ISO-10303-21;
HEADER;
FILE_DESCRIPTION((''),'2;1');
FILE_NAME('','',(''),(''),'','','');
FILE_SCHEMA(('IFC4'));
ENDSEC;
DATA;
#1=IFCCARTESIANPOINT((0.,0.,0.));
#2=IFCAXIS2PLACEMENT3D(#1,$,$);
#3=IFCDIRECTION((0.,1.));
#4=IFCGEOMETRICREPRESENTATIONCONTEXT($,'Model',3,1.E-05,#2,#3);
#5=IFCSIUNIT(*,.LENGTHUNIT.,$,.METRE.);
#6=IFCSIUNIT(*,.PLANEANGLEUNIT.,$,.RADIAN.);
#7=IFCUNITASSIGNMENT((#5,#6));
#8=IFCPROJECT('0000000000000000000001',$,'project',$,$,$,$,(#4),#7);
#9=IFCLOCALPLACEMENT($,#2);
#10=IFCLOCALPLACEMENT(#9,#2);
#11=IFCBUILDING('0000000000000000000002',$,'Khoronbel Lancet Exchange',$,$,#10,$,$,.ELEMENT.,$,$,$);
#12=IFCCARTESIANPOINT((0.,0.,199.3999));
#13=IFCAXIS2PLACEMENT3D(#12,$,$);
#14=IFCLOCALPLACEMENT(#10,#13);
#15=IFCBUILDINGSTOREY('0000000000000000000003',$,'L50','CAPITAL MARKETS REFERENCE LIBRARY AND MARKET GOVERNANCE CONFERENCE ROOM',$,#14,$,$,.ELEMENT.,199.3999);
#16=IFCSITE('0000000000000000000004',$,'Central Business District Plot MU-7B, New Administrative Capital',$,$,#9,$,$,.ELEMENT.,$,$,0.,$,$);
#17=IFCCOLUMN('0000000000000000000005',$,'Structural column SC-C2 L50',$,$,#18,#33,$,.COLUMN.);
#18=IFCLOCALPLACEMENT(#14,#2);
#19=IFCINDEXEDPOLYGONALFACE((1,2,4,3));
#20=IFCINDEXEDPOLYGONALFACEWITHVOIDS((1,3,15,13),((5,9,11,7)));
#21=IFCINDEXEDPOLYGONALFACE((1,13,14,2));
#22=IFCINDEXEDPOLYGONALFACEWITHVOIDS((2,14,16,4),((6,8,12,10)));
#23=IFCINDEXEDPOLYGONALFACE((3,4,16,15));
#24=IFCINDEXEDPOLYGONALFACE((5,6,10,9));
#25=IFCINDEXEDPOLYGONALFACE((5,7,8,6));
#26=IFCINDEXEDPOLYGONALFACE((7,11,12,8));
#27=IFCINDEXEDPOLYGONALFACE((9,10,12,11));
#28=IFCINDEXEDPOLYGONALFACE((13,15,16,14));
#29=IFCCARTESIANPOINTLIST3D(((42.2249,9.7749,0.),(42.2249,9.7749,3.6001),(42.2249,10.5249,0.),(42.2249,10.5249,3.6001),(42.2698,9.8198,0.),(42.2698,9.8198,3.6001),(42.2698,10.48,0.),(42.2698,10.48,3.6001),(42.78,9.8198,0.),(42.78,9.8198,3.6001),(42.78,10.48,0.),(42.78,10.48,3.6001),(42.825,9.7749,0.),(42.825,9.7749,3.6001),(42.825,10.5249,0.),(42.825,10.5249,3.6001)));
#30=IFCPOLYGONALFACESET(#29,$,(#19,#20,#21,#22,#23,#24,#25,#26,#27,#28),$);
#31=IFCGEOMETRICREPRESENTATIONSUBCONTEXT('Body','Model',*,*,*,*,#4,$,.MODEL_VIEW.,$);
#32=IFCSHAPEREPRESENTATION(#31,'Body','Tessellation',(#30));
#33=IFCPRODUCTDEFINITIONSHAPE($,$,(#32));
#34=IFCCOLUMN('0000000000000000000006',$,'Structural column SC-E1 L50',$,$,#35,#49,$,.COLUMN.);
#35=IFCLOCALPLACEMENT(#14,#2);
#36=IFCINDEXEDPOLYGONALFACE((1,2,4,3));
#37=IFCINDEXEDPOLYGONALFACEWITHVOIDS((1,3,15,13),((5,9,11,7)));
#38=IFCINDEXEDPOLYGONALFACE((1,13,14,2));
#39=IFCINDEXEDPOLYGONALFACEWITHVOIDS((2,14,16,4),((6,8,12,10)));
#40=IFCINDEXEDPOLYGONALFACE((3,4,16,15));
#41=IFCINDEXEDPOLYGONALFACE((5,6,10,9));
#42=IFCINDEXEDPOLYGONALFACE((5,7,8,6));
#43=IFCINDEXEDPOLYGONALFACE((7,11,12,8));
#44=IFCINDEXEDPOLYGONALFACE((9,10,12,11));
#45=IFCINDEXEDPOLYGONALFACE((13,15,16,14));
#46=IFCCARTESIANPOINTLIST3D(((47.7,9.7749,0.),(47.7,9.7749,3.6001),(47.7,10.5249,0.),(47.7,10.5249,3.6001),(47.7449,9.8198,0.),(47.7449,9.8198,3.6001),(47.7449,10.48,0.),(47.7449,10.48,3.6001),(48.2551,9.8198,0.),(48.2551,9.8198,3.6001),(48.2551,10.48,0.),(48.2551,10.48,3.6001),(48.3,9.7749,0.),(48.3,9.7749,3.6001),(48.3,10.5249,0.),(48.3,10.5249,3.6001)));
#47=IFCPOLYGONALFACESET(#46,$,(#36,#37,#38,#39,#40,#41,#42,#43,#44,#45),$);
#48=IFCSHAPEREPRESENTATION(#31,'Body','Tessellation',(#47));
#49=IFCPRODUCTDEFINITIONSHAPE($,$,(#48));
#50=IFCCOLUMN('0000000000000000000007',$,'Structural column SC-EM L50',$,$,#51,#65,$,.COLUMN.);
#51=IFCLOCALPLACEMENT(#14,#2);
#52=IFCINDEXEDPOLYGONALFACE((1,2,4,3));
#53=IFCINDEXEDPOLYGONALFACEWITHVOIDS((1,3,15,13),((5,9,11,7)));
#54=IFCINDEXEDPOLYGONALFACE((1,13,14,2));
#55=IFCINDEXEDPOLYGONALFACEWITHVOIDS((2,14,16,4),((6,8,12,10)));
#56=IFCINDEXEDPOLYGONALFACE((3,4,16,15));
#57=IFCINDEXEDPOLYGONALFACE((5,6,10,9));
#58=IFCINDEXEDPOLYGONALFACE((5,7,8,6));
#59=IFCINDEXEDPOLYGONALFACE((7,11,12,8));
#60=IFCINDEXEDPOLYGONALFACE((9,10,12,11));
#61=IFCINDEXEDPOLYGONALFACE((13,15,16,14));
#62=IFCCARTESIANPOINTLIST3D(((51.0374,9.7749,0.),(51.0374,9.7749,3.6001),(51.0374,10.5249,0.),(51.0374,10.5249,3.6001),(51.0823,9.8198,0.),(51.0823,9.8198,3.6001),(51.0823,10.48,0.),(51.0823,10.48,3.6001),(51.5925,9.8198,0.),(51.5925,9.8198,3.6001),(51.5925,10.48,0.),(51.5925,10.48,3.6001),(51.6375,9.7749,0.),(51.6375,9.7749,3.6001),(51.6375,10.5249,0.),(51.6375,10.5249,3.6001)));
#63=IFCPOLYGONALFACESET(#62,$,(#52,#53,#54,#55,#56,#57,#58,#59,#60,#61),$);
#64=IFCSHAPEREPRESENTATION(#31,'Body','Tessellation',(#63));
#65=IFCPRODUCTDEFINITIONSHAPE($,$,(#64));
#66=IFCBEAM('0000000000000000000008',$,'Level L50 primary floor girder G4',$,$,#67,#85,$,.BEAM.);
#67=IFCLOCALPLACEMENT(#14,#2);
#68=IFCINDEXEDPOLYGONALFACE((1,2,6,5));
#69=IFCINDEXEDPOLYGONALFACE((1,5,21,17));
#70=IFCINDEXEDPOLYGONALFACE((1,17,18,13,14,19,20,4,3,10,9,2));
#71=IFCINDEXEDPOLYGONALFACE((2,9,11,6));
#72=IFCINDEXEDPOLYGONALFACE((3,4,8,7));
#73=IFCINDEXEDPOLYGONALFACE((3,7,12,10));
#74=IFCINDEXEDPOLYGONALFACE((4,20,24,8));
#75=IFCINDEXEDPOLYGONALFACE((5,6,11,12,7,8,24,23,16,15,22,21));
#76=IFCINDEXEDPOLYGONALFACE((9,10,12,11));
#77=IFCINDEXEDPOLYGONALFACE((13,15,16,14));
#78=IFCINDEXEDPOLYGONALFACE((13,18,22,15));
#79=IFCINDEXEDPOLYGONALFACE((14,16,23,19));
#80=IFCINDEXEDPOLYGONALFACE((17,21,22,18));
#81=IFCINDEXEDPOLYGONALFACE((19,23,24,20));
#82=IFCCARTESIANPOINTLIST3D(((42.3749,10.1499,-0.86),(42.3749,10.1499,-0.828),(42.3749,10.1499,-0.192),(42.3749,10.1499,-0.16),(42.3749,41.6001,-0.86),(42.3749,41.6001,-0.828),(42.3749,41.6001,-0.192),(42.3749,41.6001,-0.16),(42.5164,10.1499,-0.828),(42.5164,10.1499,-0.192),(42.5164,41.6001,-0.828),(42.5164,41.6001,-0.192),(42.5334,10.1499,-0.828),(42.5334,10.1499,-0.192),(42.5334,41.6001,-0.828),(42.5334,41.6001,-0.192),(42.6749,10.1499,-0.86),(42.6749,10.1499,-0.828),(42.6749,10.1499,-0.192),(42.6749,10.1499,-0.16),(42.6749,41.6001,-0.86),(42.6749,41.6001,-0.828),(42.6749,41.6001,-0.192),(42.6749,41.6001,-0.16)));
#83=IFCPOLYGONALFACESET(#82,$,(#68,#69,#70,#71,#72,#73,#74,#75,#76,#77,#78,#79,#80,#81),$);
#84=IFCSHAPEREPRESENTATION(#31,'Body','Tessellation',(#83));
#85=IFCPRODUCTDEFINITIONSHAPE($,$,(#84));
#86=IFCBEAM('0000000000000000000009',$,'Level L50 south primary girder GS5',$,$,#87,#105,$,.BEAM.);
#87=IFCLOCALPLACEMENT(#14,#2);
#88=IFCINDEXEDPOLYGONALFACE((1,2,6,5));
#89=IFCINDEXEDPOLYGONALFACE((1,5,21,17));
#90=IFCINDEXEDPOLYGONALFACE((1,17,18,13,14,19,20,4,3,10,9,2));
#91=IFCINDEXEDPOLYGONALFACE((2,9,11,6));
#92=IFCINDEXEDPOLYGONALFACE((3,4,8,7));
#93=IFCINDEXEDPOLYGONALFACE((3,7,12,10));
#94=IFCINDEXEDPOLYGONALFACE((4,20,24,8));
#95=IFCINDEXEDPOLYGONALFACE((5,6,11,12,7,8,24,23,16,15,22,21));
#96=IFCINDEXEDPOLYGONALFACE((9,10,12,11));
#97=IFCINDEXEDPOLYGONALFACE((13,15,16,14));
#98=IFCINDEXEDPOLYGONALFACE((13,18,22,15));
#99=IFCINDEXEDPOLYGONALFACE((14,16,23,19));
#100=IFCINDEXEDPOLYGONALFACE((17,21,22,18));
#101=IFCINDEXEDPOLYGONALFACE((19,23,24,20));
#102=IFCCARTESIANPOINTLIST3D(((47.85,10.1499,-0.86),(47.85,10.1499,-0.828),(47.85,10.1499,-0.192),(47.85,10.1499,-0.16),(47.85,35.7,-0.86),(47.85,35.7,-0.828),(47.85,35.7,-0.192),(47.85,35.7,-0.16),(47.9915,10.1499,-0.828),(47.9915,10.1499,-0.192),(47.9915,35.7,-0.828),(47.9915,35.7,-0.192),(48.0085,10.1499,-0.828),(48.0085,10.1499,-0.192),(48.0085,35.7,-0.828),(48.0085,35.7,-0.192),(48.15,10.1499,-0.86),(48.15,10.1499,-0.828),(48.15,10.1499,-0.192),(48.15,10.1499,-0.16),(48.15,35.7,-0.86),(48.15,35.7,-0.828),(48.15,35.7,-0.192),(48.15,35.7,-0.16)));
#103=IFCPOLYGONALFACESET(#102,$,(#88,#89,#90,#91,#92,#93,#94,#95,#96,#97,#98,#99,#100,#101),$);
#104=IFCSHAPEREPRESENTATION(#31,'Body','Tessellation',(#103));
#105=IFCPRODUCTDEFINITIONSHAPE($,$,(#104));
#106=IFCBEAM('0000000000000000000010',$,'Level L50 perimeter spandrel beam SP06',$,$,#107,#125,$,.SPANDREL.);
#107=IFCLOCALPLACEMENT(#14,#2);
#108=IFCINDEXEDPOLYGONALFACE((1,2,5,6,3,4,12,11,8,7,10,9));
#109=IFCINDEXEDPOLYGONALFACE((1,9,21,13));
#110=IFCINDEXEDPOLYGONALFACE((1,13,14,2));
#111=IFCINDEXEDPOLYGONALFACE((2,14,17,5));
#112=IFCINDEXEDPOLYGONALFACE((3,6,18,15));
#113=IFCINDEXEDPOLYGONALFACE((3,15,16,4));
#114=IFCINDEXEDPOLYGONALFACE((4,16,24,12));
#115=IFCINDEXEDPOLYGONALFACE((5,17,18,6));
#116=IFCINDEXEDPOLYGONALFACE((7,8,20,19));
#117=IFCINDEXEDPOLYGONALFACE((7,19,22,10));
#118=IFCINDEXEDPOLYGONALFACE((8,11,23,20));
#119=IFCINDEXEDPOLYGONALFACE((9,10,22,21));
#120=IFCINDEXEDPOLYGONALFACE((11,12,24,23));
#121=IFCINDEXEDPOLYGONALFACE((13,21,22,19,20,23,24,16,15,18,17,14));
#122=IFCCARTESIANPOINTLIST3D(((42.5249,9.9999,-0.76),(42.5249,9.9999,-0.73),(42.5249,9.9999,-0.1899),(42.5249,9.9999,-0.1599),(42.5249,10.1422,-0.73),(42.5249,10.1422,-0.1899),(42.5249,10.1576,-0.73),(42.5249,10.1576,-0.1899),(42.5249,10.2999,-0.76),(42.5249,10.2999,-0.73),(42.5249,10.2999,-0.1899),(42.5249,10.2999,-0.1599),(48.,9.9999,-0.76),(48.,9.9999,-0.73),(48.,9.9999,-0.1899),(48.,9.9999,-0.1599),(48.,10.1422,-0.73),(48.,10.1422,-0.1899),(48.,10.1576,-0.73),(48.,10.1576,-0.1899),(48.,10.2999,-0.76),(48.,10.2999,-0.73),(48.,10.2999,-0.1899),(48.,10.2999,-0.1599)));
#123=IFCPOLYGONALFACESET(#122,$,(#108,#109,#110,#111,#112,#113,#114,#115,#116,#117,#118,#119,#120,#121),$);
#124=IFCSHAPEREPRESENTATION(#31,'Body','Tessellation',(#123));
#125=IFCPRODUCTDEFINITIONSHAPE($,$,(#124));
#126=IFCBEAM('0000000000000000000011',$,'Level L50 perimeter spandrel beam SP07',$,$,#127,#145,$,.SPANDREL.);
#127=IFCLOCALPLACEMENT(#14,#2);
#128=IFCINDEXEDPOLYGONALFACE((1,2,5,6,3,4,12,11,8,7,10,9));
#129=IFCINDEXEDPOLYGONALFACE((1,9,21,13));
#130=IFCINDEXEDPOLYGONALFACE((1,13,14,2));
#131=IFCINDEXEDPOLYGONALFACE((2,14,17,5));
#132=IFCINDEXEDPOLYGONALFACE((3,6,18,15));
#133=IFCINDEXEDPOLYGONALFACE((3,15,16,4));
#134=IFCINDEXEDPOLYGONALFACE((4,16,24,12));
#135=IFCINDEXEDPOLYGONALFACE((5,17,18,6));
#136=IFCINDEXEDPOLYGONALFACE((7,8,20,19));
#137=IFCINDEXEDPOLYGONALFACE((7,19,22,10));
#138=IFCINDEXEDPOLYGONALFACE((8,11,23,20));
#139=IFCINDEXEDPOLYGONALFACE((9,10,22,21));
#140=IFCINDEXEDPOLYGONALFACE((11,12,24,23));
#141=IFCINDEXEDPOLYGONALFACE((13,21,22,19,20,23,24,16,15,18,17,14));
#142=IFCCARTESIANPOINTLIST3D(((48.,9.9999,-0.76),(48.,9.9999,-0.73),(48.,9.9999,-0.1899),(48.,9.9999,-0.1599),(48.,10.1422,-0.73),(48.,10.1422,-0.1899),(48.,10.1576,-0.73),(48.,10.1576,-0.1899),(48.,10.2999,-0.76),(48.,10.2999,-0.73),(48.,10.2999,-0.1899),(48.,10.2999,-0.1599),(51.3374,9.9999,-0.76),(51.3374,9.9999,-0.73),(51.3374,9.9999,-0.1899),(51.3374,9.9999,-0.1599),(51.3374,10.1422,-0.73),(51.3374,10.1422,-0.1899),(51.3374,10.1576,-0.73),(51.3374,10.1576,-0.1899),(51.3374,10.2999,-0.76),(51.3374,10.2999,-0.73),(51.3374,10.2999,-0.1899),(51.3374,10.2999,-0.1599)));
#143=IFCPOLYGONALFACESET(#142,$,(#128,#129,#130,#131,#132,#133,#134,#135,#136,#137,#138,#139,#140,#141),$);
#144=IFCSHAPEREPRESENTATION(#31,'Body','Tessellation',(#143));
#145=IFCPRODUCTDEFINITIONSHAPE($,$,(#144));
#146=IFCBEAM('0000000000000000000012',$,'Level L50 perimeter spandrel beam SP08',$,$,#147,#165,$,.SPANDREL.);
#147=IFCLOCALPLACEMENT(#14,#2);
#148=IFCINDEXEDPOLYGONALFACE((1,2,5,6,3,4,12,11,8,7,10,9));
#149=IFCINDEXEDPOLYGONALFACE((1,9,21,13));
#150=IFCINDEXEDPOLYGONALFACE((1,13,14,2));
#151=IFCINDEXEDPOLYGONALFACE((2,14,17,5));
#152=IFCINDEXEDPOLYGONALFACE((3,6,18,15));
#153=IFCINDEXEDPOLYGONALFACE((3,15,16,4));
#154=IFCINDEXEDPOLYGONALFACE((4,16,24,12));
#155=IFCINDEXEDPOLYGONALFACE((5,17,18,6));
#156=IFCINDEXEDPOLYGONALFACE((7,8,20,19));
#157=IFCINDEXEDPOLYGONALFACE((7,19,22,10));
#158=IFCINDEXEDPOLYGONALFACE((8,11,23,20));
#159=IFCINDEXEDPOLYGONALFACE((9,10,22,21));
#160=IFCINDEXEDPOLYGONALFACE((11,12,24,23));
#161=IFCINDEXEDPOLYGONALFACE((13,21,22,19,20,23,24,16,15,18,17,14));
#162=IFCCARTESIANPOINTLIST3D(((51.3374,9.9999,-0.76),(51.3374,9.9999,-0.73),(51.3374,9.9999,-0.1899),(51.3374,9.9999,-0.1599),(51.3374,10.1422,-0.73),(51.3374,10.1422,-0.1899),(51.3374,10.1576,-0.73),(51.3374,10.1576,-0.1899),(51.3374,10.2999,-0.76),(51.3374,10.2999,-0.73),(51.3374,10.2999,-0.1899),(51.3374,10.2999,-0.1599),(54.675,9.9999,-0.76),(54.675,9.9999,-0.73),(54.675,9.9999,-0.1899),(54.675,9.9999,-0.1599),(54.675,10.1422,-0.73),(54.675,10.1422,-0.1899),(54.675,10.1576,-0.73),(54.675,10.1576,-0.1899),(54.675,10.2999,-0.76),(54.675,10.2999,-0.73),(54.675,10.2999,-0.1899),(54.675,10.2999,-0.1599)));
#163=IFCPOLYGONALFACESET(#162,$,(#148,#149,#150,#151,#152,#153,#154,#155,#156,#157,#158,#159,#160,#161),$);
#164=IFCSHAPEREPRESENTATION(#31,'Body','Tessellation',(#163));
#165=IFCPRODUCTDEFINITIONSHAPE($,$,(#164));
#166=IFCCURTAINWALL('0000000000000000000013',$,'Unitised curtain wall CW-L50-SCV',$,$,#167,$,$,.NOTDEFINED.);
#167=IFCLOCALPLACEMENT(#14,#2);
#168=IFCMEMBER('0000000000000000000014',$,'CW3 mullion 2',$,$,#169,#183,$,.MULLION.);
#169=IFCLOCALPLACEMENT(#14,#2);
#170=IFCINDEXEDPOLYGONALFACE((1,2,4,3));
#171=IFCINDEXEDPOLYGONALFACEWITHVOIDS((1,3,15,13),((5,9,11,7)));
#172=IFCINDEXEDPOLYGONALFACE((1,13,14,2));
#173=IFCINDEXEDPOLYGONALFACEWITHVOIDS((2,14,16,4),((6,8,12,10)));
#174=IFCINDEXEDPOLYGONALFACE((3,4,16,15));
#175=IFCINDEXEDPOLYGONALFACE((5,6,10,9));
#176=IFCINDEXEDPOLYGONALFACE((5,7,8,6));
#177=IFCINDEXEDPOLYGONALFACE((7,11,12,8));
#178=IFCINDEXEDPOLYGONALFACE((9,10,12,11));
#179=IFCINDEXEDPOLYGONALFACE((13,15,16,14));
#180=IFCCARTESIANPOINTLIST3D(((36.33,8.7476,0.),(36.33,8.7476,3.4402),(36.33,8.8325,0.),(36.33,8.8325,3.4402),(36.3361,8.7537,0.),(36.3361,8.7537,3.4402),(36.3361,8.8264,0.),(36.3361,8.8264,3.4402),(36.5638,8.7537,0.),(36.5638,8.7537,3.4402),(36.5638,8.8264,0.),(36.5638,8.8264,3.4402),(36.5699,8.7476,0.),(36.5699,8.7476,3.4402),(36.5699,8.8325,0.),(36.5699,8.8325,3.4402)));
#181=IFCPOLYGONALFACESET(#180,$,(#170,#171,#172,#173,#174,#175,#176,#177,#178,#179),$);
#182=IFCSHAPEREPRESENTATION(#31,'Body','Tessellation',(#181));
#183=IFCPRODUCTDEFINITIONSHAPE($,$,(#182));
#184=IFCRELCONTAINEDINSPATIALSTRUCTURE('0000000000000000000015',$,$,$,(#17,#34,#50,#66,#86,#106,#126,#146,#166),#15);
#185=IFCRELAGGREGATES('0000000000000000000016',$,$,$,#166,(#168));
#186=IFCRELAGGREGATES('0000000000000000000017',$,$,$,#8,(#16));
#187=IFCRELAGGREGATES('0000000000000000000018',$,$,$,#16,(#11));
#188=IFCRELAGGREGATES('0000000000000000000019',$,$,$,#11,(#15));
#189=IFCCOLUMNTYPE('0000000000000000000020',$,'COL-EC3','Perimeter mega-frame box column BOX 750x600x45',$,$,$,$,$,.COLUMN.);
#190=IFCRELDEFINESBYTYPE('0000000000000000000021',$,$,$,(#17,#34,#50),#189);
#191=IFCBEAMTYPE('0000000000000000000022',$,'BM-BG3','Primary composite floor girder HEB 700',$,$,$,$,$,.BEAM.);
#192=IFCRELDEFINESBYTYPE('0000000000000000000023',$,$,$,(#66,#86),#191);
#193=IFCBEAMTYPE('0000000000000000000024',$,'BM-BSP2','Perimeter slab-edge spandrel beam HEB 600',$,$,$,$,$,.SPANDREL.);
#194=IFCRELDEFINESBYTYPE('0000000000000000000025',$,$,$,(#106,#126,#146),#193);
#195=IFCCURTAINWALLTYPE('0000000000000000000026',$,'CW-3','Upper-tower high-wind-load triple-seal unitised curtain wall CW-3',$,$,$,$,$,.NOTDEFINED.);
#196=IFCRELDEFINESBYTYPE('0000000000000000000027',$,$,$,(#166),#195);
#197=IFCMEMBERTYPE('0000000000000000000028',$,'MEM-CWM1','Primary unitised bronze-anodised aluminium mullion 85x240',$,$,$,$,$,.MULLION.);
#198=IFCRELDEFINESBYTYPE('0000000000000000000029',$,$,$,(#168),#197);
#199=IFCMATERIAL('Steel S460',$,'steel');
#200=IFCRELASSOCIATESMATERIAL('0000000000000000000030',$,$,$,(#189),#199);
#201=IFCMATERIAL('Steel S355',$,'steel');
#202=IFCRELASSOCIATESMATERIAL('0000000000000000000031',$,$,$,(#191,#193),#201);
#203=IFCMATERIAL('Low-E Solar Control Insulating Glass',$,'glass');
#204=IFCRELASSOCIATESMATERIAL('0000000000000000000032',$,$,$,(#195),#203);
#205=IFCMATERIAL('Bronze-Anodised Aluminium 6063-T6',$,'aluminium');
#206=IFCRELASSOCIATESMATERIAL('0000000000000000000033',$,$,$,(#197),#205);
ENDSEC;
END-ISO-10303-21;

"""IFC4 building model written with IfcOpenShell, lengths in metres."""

from ifc_helpers import new_model, si_unit, direction, frame, origin, origin_2d, place, context, subcontext, project, spatial, hollow_rectangle, i_section, extrude, material, material_profile, profile_set, type_object, element, aggregate, save


model = new_model("IFC4")

# Units and contexts
model_context = context("Model", 3, precision=1e-05, world=origin(), true_north=direction((0.0, 1.0)))
body_context = subcontext(model_context, "Body", "Model", "MODEL_VIEW")
ifc_project = project(units=[si_unit("LENGTHUNIT", "METRE"), si_unit("PLANEANGLEUNIT", "RADIAN")], contexts=[model_context])

# Site, building, storey
site_placement = place(None, origin())
site = spatial("IfcSite", under=ifc_project, at=site_placement, Name="Central Business District Plot MU-7B, New Administrative Capital", CompositionType="ELEMENT", RefElevation=0.0)
building_placement = place(site_placement, origin())
building = spatial("IfcBuilding", under=site, at=building_placement, Name="Khoronbel Lancet Exchange", CompositionType="ELEMENT")
storey_placement = place(building_placement, frame((0.0, 0.0, 199.3999)))
storey = spatial("IfcBuildingStorey", under=building, at=storey_placement, Name="L50", Description="CAPITAL MARKETS REFERENCE LIBRARY AND MARKET GOVERNANCE CONFERENCE ROOM", CompositionType="ELEMENT", Elevation=199.3999)

# Columns
ifc_material_1 = material(Name="Steel S460", Category="steel")
ifc_material_profile_1 = material_profile(ifc_material_1, hollow_rectangle(XDim=0.6001, YDim=0.75, WallThickness=0.0449, at=origin_2d()), Name="BOX 750x600x45")
ifc_profile_set_1 = profile_set([ifc_material_profile_1], Name="Steel S460")
column_type = type_object("IfcColumnType", Name="COL-EC3", Description="Perimeter mega-frame box column BOX 750x600x45", PredefinedType="COLUMN", material=ifc_profile_set_1)
for number, where, z_axis, x_axis, name in (
    (1, (42.5249, 10.1499, 0.0), (0.0, 0.0, 1.0), (1.0, 0.0, 0.0), "Structural column SC-C2 L50"),
    (2, (48.0, 10.1499, 0.0), (0.0, 0.0, 1.0), (1.0, 0.0, 0.0), "Structural column SC-E1 L50"),
    (3, (51.3374, 10.1499, 0.0), (0.0, 0.0, 1.0), (1.0, 0.0, 0.0), "Structural column SC-EM L50"),
):
    element("IfcColumn", number, at=place(storey_placement, frame(where, z_axis=z_axis, x_axis=x_axis)), inside=storey, type_object=column_type, Name=name, PredefinedType="COLUMN", context=body_context, shape_type="SweptSolid", body=[
        extrude(hollow_rectangle(XDim=0.6001, YDim=0.75, WallThickness=0.0449, at=origin_2d()), origin(), (0.0, 0.0, 1.0), 3.6001),
    ])

# Beams
ifc_material_2 = material(Name="Steel S355", Category="steel")
ifc_material_profile_2 = material_profile(ifc_material_2, i_section(OverallWidth=0.3, OverallDepth=0.7, WebThickness=0.0171, FlangeThickness=0.032, at=origin_2d()), Name="HEB 700")
ifc_profile_set_2 = profile_set([ifc_material_profile_2], Name="Steel S355")
beam_type_1 = type_object("IfcBeamType", Name="BM-BG3", Description="Primary composite floor girder HEB 700", PredefinedType="BEAM", material=ifc_profile_set_2)
beam_1_placement = place(storey_placement, frame((42.5249, 10.1499, -0.51), z_axis=(0.0, 1.0, 0.0), x_axis=(-1.0, 0.0, 0.0)))
element("IfcBeam", 4, at=beam_1_placement, inside=storey, type_object=beam_type_1, Name="Level L50 primary floor girder G4", PredefinedType="BEAM", context=body_context, shape_type="SweptSolid", body=[
    extrude(i_section(OverallWidth=0.3, OverallDepth=0.7, WebThickness=0.0171, FlangeThickness=0.032, at=origin_2d()), origin(), (0.0, 0.0, 1.0), 31.4502),
])
beam_2_placement = place(storey_placement, frame((48.0, 10.1499, -0.51), z_axis=(0.0, 1.0, 0.0), x_axis=(-1.0, 0.0, 0.0)))
element("IfcBeam", 5, at=beam_2_placement, inside=storey, type_object=beam_type_1, Name="Level L50 south primary girder GS5", PredefinedType="BEAM", context=body_context, shape_type="SweptSolid", body=[
    extrude(i_section(OverallWidth=0.3, OverallDepth=0.7, WebThickness=0.0171, FlangeThickness=0.032, at=origin_2d()), origin(), (0.0, 0.0, 1.0), 25.55),
])
ifc_material_profile_3 = material_profile(ifc_material_2, i_section(OverallWidth=0.3, OverallDepth=0.6001, WebThickness=0.0154, FlangeThickness=0.03, at=origin_2d()), Name="HEB 600")
ifc_profile_set_3 = profile_set([ifc_material_profile_3], Name="Steel S355")
beam_type_2 = type_object("IfcBeamType", Name="BM-BSP2", Description="Perimeter slab-edge spandrel beam HEB 600", PredefinedType="SPANDREL", material=ifc_profile_set_3)
beam_3_placement = place(storey_placement, frame((42.5249, 10.1499, -0.46), z_axis=(1.0, 0.0, 0.0), x_axis=(0.0, 1.0, 0.0)))
element("IfcBeam", 6, at=beam_3_placement, inside=storey, type_object=beam_type_2, Name="Level L50 perimeter spandrel beam SP06", PredefinedType="SPANDREL", context=body_context, shape_type="SweptSolid", body=[
    extrude(i_section(OverallWidth=0.3, OverallDepth=0.6001, WebThickness=0.0154, FlangeThickness=0.03, at=origin_2d()), origin(), (0.0, 0.0, 1.0), 5.4751),
])
beam_4_placement = place(storey_placement, frame((48.0, 10.1499, -0.46), z_axis=(1.0, 0.0, 0.0), x_axis=(0.0, 1.0, 0.0)))
element("IfcBeam", 7, at=beam_4_placement, inside=storey, type_object=beam_type_2, Name="Level L50 perimeter spandrel beam SP07", PredefinedType="SPANDREL", context=body_context, shape_type="SweptSolid", body=[
    extrude(i_section(OverallWidth=0.3, OverallDepth=0.6001, WebThickness=0.0154, FlangeThickness=0.03, at=origin_2d()), origin(), (0.0, 0.0, 1.0), 3.3374),
])
beam_5_placement = place(storey_placement, frame((51.3374, 10.1499, -0.46), z_axis=(1.0, 0.0, 0.0), x_axis=(0.0, 1.0, 0.0)))
element("IfcBeam", 8, at=beam_5_placement, inside=storey, type_object=beam_type_2, Name="Level L50 perimeter spandrel beam SP08", PredefinedType="SPANDREL", context=body_context, shape_type="SweptSolid", body=[
    extrude(i_section(OverallWidth=0.3, OverallDepth=0.6001, WebThickness=0.0154, FlangeThickness=0.03, at=origin_2d()), origin(), (0.0, 0.0, 1.0), 3.3376),
])

# Curtain wall, member
ifc_material_3 = material(Name="Low-E Solar Control Insulating Glass", Category="glass")
curtain_wall_type = type_object("IfcCurtainWallType", Name="CW-3", Description="Upper-tower high-wind-load triple-seal unitised curtain wall CW-3", PredefinedType="NOTDEFINED", material=ifc_material_3)
curtain_wall_1_placement = place(storey_placement, origin())
curtain_wall_1 = element("IfcCurtainWall", 9, at=curtain_wall_1_placement, inside=storey, type_object=curtain_wall_type, Name="Unitised curtain wall CW-L50-SCV", PredefinedType="NOTDEFINED")
ifc_material_4 = material(Name="Bronze-Anodised Aluminium 6063-T6", Category="aluminium")
ifc_material_profile_4 = material_profile(ifc_material_4, hollow_rectangle(XDim=0.085, YDim=0.24, WallThickness=0.0061, at=origin_2d()), Name="ALU MULLION 85x240")
ifc_profile_set_4 = profile_set([ifc_material_profile_4], Name="Bronze-Anodised Aluminium 6063-T6")
member_type_1 = type_object("IfcMemberType", Name="MEM-CWM1", Description="Primary unitised bronze-anodised aluminium mullion 85x240", PredefinedType="MULLION", material=ifc_profile_set_4)
member_1_placement = place(storey_placement, frame((36.45, 8.79, 0.0), z_axis=(0.0, 0.0, 1.0), x_axis=(0.0, 1.0, 0.0)))
member_1 = element("IfcMember", 10, at=member_1_placement, type_object=member_type_1, Name="CW3 mullion 2", PredefinedType="MULLION", context=body_context, shape_type="SweptSolid", body=[
    extrude(hollow_rectangle(XDim=0.085, YDim=0.24, WallThickness=0.0061, at=origin_2d()), origin(), (0.0, 0.0, 1.0), 3.4402),
])

aggregate(curtain_wall_1, [member_1])

save(model, "model.ifc")
